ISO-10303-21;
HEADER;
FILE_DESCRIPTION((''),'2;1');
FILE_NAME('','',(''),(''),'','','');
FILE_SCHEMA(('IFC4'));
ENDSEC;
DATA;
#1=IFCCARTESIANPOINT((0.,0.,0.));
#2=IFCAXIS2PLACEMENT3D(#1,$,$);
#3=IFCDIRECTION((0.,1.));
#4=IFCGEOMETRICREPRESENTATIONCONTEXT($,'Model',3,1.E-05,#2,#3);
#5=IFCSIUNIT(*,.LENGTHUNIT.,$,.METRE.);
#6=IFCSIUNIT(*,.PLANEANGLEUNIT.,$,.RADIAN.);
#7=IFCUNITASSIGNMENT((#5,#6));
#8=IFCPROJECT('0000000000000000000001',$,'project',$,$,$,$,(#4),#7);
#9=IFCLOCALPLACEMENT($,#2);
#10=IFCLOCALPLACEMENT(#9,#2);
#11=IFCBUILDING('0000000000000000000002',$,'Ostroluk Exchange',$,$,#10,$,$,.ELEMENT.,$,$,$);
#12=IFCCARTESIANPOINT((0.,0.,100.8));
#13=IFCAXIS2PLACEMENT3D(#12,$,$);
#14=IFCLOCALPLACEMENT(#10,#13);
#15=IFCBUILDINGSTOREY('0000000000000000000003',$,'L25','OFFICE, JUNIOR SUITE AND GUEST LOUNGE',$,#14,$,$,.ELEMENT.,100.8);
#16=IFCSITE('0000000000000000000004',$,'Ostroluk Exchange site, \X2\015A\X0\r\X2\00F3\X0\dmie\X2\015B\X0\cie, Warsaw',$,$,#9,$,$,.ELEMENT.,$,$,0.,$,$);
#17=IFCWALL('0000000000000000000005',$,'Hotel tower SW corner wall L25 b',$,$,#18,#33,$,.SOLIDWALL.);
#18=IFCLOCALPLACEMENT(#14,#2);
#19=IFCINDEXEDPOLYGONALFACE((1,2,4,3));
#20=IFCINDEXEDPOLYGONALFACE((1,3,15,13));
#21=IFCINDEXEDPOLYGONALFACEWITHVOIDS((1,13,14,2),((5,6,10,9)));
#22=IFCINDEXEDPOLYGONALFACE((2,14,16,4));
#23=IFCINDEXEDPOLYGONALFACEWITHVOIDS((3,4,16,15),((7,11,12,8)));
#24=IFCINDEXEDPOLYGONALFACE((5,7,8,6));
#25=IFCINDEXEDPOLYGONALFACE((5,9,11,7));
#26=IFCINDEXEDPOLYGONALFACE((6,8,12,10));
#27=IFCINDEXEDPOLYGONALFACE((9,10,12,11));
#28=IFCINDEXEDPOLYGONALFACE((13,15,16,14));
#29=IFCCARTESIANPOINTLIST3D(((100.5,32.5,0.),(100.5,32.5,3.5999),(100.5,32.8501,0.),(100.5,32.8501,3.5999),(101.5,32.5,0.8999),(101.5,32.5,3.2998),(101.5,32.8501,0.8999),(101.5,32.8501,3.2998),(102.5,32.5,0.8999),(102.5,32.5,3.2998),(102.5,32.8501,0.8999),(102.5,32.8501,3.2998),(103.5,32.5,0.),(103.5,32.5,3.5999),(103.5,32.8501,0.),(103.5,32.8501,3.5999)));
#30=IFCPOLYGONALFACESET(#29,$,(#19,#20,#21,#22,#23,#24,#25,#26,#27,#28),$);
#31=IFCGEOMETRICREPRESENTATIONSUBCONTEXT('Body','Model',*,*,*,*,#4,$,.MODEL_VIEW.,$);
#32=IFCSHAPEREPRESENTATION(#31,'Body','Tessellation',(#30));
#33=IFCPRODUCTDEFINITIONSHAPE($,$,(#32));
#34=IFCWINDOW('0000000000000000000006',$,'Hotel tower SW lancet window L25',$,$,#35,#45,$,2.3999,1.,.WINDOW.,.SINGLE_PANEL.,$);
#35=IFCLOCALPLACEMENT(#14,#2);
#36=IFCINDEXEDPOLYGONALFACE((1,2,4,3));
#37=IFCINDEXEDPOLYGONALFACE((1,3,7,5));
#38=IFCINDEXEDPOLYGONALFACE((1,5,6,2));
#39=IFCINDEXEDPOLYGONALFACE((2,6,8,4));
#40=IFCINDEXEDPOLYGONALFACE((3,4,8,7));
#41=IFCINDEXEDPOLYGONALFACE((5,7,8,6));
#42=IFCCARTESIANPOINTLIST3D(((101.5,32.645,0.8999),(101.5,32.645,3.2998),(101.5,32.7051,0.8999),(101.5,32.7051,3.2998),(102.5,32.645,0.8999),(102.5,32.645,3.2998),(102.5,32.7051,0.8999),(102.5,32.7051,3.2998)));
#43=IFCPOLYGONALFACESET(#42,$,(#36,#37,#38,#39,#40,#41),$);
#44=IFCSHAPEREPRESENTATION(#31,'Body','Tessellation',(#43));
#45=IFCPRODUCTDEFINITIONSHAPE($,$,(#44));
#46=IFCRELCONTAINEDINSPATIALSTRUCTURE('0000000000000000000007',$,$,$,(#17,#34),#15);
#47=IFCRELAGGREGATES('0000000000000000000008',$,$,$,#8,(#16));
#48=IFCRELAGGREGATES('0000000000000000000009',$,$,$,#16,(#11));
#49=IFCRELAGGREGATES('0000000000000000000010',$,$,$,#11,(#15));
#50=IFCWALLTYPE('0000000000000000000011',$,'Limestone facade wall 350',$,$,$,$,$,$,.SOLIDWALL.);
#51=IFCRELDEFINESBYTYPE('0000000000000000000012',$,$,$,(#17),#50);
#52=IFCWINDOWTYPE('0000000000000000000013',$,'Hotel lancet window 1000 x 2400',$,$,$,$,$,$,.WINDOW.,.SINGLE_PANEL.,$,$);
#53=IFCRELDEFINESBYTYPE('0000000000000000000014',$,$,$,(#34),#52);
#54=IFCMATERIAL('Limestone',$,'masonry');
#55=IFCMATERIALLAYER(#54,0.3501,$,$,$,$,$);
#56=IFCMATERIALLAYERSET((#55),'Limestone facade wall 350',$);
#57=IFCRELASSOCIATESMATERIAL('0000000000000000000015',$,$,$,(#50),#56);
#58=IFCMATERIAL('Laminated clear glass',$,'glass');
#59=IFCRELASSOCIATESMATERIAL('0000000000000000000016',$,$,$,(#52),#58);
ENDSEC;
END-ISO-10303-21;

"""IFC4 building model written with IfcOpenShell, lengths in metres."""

from ifc_helpers import new_model, si_unit, direction, frame, frame_2d, origin, place, context, subcontext, project, spatial, rectangle, extrude, material, layer, layer_set, type_object, element, fill, save


model = new_model("IFC4")

# Units and contexts
model_context = context("Model", 3, precision=1e-05, world=origin(), true_north=direction((0.0, 1.0)))
body_context = subcontext(model_context, "Body", "Model", "MODEL_VIEW")
ifc_project = project(units=[si_unit("LENGTHUNIT", "METRE"), si_unit("PLANEANGLEUNIT", "RADIAN")], contexts=[model_context])

# Site, building, storey
site_placement = place(None, origin())
site = spatial("IfcSite", under=ifc_project, at=site_placement, Name="Ostroluk Exchange site, Śródmieście, Warsaw", CompositionType="ELEMENT", RefElevation=0.0)
building_placement = place(site_placement, origin())
building = spatial("IfcBuilding", under=site, at=building_placement, Name="Ostroluk Exchange", CompositionType="ELEMENT")
storey_placement = place(building_placement, frame((0.0, 0.0, 100.8)))
storey = spatial("IfcBuildingStorey", under=building, at=storey_placement, Name="L25", Description="OFFICE, JUNIOR SUITE AND GUEST LOUNGE", CompositionType="ELEMENT", Elevation=100.8)

# Shared definitions
ifc_material_1 = material(Name="Limestone", Category="masonry")
ifc_layer_1 = layer(ifc_material_1, 0.3501)
ifc_layer_set_1 = layer_set([ifc_layer_1], Name="Limestone facade wall 350")
wall_type = type_object("IfcWallType", Name="Limestone facade wall 350", PredefinedType="SOLIDWALL", material=ifc_layer_set_1)

# Wall, opening, window
wall_1_placement = place(storey_placement, frame((103.5, 32.675, 0.0), z_axis=(0.0, 0.0, 1.0), x_axis=(-1.0, 0.0, 0.0)))
wall_1 = element("IfcWall", 1, at=wall_1_placement, inside=storey, type_object=wall_type, Name="Hotel tower SW corner wall L25 b", PredefinedType="SOLIDWALL", context=body_context, shape_type="SweptSolid", body=[
    extrude(rectangle(XDim=3.0, YDim=0.3501, at=frame_2d((1.5, 0.0))), origin(), (0.0, 0.0, 1.0), 3.5999),
])
opening_1_placement = place(wall_1_placement, frame((1.0, 0.0, 0.8999)))
opening_1 = element("IfcOpeningElement", 2, at=opening_1_placement, cuts=wall_1, PredefinedType="OPENING", context=body_context, shape_type="SweptSolid", body=[
    extrude(rectangle(XDim=1.0, YDim=2.3999, at=frame_2d((0.5, 1.2))), frame((0.0, 0.1851, 0.0), z_axis=(0.0, -1.0, 0.0), x_axis=(1.0, 0.0, 0.0)), (0.0, 0.0, 1.0), 0.3701),
])
ifc_material_2 = material(Name="Laminated clear glass", Category="glass")
window_type = type_object("IfcWindowType", Name="Hotel lancet window 1000 x 2400", PartitioningType="SINGLE_PANEL", PredefinedType="WINDOW", material=ifc_material_2)
window_placement = place(opening_1_placement, origin())
window = element("IfcWindow", 3, at=window_placement, inside=storey, type_object=window_type, Name="Hotel tower SW lancet window L25", OverallHeight=2.3999, OverallWidth=1.0, PartitioningType="SINGLE_PANEL", PredefinedType="WINDOW", context=body_context, shape_type="SweptSolid", body=[
    extrude(rectangle(XDim=1.0, YDim=2.3999, at=frame_2d((0.5, 1.2))), frame((0.0, 0.03, 0.0), z_axis=(0.0, -1.0, 0.0), x_axis=(1.0, 0.0, 0.0)), (0.0, 0.0, 1.0), 0.0601),
])
fill(opening_1, window)

save(model, "model.ifc")
